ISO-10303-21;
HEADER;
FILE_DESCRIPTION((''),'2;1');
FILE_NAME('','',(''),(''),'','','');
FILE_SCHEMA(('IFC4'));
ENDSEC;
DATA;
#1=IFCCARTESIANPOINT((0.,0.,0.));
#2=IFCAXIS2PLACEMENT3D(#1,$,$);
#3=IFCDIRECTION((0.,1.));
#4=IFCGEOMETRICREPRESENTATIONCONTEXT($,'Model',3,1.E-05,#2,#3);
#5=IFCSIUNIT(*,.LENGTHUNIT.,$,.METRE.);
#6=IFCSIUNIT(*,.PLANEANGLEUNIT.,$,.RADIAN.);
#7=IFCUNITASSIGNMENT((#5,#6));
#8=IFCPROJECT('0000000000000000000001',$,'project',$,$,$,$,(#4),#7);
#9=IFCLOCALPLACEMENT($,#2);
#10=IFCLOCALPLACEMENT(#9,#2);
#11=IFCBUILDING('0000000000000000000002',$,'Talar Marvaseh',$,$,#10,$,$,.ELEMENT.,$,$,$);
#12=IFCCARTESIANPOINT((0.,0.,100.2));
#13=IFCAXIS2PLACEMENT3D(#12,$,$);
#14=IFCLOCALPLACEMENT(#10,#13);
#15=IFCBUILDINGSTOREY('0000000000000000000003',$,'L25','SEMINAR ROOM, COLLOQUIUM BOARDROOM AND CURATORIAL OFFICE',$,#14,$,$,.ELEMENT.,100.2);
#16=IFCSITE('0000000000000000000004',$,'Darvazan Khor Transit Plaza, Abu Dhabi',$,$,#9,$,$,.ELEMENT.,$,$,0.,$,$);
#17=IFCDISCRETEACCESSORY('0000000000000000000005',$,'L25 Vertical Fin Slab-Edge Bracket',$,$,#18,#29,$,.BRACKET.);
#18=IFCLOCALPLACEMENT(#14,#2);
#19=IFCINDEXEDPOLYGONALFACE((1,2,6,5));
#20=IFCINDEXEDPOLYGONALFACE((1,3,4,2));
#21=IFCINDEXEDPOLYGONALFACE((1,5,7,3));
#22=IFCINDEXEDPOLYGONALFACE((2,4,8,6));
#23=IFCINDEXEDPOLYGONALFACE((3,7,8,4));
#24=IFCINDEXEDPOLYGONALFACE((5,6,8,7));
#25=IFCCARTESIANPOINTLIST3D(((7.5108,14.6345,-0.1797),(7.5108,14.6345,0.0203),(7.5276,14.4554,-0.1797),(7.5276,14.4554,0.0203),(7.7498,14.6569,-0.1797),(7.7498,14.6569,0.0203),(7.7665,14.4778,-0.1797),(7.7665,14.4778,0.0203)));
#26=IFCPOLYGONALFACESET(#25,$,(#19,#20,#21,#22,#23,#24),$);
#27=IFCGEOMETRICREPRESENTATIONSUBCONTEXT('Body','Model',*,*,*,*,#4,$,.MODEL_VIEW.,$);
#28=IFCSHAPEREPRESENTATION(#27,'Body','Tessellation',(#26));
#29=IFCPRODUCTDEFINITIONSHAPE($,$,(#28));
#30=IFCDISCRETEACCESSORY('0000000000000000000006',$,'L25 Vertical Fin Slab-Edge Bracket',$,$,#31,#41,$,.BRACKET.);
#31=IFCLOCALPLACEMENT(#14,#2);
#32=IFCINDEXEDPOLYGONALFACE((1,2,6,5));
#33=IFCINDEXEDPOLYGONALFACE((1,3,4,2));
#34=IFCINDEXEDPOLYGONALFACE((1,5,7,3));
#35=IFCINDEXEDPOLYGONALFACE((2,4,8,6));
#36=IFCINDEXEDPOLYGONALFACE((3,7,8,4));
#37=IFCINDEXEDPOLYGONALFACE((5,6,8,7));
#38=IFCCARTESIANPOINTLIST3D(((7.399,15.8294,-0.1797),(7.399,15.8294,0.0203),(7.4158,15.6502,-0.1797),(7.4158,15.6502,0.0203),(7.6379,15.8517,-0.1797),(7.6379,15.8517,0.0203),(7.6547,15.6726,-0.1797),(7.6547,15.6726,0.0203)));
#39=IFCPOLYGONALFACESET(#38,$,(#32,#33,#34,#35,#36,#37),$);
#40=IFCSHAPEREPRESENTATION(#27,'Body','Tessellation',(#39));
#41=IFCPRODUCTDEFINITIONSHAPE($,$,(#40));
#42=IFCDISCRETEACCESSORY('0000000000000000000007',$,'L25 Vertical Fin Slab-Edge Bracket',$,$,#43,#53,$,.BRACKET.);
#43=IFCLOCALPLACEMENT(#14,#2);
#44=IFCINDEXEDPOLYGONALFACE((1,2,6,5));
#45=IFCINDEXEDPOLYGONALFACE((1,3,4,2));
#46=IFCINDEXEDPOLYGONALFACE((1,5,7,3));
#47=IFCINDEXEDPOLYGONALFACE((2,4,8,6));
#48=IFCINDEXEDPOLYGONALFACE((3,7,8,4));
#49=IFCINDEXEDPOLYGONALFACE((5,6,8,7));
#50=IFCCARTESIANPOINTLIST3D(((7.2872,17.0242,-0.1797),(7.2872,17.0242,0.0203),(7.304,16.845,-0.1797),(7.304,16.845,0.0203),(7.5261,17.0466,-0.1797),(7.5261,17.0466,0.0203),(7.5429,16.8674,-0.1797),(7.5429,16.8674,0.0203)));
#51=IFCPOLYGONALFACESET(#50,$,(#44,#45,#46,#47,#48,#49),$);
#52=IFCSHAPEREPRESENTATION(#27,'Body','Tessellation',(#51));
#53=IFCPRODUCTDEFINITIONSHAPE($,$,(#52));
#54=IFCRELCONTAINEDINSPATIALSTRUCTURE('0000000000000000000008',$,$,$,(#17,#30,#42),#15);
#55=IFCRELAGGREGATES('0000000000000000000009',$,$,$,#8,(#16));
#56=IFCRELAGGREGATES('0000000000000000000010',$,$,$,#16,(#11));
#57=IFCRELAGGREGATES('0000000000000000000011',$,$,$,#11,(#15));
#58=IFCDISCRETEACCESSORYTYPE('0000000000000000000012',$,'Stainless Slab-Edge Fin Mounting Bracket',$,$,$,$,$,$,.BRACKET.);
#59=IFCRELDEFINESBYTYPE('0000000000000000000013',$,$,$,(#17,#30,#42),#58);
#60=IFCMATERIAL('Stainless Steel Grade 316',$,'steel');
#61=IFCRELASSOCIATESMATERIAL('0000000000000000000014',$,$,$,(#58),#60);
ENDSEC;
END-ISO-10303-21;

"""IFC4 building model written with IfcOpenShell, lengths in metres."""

from ifc_helpers import new_model, si_unit, direction, frame, origin, origin_2d, place, context, subcontext, project, spatial, rectangle, extrude, source, transform, mapped, material, type_object, type_shapes, element, save


model = new_model("IFC4")

# Units and contexts
model_context = context("Model", 3, precision=1e-05, world=origin(), true_north=direction((0.0, 1.0)))
body_context = subcontext(model_context, "Body", "Model", "MODEL_VIEW")
ifc_project = project(units=[si_unit("LENGTHUNIT", "METRE"), si_unit("PLANEANGLEUNIT", "RADIAN")], contexts=[model_context])

# Site, building, storey
site_placement = place(None, origin())
site = spatial("IfcSite", under=ifc_project, at=site_placement, Name="Darvazan Khor Transit Plaza, Abu Dhabi", CompositionType="ELEMENT", RefElevation=0.0)
building_placement = place(site_placement, origin())
building = spatial("IfcBuilding", under=site, at=building_placement, Name="Talar Marvaseh", CompositionType="ELEMENT")
storey_placement = place(building_placement, frame((0.0, 0.0, 100.2)))
storey = spatial("IfcBuildingStorey", under=building, at=storey_placement, Name="L25", Description="SEMINAR ROOM, COLLOQUIUM BOARDROOM AND CURATORIAL OFFICE", CompositionType="ELEMENT", Elevation=100.2)

# Discrete accessories
ifc_material_1 = material(Name="Stainless Steel Grade 316", Category="steel")
discrete_accessory_type = type_object("IfcDiscreteAccessoryType", Name="Stainless Slab-Edge Fin Mounting Bracket", PredefinedType="BRACKET", material=ifc_material_1)
shared_shape_1 = source(origin(), body_context, "Body", "SweptSolid", [
    extrude(rectangle(XDim=0.24, YDim=0.1799, at=origin_2d()), origin(), (0.0, 0.0, 1.0), 0.2),
])
type_shapes(discrete_accessory_type, [shared_shape_1])
for number, where, z_axis, x_axis, name in (
    (1, (7.6387, 14.5562, -0.1797), (0.0, 0.0, 1.0), (-0.995644, -0.093239, 0.0), "L25 Vertical Fin Slab-Edge Bracket"),
    (2, (7.5269, 15.751, -0.1797), (0.0, 0.0, 1.0), (-0.995644, -0.093239, 0.0), "L25 Vertical Fin Slab-Edge Bracket"),
    (3, (7.415, 16.9458, -0.1797), (0.0, 0.0, 1.0), (-0.995644, -0.093239, 0.0), "L25 Vertical Fin Slab-Edge Bracket"),
):
    element("IfcDiscreteAccessory", number, at=place(storey_placement, frame(where, z_axis=z_axis, x_axis=x_axis)), inside=storey, type_object=discrete_accessory_type, Name=name, PredefinedType="BRACKET", context=body_context, shape_type="MappedRepresentation", body=[
        mapped(shared_shape_1, transform((0.0, 0.0, 0.0), x_axis=(1.0, 0.0, 0.0), y_axis=(0.0, 1.0, 0.0), z_axis=(0.0, 0.0, 1.0), scale=1.0)),
    ])

save(model, "model.ifc")
